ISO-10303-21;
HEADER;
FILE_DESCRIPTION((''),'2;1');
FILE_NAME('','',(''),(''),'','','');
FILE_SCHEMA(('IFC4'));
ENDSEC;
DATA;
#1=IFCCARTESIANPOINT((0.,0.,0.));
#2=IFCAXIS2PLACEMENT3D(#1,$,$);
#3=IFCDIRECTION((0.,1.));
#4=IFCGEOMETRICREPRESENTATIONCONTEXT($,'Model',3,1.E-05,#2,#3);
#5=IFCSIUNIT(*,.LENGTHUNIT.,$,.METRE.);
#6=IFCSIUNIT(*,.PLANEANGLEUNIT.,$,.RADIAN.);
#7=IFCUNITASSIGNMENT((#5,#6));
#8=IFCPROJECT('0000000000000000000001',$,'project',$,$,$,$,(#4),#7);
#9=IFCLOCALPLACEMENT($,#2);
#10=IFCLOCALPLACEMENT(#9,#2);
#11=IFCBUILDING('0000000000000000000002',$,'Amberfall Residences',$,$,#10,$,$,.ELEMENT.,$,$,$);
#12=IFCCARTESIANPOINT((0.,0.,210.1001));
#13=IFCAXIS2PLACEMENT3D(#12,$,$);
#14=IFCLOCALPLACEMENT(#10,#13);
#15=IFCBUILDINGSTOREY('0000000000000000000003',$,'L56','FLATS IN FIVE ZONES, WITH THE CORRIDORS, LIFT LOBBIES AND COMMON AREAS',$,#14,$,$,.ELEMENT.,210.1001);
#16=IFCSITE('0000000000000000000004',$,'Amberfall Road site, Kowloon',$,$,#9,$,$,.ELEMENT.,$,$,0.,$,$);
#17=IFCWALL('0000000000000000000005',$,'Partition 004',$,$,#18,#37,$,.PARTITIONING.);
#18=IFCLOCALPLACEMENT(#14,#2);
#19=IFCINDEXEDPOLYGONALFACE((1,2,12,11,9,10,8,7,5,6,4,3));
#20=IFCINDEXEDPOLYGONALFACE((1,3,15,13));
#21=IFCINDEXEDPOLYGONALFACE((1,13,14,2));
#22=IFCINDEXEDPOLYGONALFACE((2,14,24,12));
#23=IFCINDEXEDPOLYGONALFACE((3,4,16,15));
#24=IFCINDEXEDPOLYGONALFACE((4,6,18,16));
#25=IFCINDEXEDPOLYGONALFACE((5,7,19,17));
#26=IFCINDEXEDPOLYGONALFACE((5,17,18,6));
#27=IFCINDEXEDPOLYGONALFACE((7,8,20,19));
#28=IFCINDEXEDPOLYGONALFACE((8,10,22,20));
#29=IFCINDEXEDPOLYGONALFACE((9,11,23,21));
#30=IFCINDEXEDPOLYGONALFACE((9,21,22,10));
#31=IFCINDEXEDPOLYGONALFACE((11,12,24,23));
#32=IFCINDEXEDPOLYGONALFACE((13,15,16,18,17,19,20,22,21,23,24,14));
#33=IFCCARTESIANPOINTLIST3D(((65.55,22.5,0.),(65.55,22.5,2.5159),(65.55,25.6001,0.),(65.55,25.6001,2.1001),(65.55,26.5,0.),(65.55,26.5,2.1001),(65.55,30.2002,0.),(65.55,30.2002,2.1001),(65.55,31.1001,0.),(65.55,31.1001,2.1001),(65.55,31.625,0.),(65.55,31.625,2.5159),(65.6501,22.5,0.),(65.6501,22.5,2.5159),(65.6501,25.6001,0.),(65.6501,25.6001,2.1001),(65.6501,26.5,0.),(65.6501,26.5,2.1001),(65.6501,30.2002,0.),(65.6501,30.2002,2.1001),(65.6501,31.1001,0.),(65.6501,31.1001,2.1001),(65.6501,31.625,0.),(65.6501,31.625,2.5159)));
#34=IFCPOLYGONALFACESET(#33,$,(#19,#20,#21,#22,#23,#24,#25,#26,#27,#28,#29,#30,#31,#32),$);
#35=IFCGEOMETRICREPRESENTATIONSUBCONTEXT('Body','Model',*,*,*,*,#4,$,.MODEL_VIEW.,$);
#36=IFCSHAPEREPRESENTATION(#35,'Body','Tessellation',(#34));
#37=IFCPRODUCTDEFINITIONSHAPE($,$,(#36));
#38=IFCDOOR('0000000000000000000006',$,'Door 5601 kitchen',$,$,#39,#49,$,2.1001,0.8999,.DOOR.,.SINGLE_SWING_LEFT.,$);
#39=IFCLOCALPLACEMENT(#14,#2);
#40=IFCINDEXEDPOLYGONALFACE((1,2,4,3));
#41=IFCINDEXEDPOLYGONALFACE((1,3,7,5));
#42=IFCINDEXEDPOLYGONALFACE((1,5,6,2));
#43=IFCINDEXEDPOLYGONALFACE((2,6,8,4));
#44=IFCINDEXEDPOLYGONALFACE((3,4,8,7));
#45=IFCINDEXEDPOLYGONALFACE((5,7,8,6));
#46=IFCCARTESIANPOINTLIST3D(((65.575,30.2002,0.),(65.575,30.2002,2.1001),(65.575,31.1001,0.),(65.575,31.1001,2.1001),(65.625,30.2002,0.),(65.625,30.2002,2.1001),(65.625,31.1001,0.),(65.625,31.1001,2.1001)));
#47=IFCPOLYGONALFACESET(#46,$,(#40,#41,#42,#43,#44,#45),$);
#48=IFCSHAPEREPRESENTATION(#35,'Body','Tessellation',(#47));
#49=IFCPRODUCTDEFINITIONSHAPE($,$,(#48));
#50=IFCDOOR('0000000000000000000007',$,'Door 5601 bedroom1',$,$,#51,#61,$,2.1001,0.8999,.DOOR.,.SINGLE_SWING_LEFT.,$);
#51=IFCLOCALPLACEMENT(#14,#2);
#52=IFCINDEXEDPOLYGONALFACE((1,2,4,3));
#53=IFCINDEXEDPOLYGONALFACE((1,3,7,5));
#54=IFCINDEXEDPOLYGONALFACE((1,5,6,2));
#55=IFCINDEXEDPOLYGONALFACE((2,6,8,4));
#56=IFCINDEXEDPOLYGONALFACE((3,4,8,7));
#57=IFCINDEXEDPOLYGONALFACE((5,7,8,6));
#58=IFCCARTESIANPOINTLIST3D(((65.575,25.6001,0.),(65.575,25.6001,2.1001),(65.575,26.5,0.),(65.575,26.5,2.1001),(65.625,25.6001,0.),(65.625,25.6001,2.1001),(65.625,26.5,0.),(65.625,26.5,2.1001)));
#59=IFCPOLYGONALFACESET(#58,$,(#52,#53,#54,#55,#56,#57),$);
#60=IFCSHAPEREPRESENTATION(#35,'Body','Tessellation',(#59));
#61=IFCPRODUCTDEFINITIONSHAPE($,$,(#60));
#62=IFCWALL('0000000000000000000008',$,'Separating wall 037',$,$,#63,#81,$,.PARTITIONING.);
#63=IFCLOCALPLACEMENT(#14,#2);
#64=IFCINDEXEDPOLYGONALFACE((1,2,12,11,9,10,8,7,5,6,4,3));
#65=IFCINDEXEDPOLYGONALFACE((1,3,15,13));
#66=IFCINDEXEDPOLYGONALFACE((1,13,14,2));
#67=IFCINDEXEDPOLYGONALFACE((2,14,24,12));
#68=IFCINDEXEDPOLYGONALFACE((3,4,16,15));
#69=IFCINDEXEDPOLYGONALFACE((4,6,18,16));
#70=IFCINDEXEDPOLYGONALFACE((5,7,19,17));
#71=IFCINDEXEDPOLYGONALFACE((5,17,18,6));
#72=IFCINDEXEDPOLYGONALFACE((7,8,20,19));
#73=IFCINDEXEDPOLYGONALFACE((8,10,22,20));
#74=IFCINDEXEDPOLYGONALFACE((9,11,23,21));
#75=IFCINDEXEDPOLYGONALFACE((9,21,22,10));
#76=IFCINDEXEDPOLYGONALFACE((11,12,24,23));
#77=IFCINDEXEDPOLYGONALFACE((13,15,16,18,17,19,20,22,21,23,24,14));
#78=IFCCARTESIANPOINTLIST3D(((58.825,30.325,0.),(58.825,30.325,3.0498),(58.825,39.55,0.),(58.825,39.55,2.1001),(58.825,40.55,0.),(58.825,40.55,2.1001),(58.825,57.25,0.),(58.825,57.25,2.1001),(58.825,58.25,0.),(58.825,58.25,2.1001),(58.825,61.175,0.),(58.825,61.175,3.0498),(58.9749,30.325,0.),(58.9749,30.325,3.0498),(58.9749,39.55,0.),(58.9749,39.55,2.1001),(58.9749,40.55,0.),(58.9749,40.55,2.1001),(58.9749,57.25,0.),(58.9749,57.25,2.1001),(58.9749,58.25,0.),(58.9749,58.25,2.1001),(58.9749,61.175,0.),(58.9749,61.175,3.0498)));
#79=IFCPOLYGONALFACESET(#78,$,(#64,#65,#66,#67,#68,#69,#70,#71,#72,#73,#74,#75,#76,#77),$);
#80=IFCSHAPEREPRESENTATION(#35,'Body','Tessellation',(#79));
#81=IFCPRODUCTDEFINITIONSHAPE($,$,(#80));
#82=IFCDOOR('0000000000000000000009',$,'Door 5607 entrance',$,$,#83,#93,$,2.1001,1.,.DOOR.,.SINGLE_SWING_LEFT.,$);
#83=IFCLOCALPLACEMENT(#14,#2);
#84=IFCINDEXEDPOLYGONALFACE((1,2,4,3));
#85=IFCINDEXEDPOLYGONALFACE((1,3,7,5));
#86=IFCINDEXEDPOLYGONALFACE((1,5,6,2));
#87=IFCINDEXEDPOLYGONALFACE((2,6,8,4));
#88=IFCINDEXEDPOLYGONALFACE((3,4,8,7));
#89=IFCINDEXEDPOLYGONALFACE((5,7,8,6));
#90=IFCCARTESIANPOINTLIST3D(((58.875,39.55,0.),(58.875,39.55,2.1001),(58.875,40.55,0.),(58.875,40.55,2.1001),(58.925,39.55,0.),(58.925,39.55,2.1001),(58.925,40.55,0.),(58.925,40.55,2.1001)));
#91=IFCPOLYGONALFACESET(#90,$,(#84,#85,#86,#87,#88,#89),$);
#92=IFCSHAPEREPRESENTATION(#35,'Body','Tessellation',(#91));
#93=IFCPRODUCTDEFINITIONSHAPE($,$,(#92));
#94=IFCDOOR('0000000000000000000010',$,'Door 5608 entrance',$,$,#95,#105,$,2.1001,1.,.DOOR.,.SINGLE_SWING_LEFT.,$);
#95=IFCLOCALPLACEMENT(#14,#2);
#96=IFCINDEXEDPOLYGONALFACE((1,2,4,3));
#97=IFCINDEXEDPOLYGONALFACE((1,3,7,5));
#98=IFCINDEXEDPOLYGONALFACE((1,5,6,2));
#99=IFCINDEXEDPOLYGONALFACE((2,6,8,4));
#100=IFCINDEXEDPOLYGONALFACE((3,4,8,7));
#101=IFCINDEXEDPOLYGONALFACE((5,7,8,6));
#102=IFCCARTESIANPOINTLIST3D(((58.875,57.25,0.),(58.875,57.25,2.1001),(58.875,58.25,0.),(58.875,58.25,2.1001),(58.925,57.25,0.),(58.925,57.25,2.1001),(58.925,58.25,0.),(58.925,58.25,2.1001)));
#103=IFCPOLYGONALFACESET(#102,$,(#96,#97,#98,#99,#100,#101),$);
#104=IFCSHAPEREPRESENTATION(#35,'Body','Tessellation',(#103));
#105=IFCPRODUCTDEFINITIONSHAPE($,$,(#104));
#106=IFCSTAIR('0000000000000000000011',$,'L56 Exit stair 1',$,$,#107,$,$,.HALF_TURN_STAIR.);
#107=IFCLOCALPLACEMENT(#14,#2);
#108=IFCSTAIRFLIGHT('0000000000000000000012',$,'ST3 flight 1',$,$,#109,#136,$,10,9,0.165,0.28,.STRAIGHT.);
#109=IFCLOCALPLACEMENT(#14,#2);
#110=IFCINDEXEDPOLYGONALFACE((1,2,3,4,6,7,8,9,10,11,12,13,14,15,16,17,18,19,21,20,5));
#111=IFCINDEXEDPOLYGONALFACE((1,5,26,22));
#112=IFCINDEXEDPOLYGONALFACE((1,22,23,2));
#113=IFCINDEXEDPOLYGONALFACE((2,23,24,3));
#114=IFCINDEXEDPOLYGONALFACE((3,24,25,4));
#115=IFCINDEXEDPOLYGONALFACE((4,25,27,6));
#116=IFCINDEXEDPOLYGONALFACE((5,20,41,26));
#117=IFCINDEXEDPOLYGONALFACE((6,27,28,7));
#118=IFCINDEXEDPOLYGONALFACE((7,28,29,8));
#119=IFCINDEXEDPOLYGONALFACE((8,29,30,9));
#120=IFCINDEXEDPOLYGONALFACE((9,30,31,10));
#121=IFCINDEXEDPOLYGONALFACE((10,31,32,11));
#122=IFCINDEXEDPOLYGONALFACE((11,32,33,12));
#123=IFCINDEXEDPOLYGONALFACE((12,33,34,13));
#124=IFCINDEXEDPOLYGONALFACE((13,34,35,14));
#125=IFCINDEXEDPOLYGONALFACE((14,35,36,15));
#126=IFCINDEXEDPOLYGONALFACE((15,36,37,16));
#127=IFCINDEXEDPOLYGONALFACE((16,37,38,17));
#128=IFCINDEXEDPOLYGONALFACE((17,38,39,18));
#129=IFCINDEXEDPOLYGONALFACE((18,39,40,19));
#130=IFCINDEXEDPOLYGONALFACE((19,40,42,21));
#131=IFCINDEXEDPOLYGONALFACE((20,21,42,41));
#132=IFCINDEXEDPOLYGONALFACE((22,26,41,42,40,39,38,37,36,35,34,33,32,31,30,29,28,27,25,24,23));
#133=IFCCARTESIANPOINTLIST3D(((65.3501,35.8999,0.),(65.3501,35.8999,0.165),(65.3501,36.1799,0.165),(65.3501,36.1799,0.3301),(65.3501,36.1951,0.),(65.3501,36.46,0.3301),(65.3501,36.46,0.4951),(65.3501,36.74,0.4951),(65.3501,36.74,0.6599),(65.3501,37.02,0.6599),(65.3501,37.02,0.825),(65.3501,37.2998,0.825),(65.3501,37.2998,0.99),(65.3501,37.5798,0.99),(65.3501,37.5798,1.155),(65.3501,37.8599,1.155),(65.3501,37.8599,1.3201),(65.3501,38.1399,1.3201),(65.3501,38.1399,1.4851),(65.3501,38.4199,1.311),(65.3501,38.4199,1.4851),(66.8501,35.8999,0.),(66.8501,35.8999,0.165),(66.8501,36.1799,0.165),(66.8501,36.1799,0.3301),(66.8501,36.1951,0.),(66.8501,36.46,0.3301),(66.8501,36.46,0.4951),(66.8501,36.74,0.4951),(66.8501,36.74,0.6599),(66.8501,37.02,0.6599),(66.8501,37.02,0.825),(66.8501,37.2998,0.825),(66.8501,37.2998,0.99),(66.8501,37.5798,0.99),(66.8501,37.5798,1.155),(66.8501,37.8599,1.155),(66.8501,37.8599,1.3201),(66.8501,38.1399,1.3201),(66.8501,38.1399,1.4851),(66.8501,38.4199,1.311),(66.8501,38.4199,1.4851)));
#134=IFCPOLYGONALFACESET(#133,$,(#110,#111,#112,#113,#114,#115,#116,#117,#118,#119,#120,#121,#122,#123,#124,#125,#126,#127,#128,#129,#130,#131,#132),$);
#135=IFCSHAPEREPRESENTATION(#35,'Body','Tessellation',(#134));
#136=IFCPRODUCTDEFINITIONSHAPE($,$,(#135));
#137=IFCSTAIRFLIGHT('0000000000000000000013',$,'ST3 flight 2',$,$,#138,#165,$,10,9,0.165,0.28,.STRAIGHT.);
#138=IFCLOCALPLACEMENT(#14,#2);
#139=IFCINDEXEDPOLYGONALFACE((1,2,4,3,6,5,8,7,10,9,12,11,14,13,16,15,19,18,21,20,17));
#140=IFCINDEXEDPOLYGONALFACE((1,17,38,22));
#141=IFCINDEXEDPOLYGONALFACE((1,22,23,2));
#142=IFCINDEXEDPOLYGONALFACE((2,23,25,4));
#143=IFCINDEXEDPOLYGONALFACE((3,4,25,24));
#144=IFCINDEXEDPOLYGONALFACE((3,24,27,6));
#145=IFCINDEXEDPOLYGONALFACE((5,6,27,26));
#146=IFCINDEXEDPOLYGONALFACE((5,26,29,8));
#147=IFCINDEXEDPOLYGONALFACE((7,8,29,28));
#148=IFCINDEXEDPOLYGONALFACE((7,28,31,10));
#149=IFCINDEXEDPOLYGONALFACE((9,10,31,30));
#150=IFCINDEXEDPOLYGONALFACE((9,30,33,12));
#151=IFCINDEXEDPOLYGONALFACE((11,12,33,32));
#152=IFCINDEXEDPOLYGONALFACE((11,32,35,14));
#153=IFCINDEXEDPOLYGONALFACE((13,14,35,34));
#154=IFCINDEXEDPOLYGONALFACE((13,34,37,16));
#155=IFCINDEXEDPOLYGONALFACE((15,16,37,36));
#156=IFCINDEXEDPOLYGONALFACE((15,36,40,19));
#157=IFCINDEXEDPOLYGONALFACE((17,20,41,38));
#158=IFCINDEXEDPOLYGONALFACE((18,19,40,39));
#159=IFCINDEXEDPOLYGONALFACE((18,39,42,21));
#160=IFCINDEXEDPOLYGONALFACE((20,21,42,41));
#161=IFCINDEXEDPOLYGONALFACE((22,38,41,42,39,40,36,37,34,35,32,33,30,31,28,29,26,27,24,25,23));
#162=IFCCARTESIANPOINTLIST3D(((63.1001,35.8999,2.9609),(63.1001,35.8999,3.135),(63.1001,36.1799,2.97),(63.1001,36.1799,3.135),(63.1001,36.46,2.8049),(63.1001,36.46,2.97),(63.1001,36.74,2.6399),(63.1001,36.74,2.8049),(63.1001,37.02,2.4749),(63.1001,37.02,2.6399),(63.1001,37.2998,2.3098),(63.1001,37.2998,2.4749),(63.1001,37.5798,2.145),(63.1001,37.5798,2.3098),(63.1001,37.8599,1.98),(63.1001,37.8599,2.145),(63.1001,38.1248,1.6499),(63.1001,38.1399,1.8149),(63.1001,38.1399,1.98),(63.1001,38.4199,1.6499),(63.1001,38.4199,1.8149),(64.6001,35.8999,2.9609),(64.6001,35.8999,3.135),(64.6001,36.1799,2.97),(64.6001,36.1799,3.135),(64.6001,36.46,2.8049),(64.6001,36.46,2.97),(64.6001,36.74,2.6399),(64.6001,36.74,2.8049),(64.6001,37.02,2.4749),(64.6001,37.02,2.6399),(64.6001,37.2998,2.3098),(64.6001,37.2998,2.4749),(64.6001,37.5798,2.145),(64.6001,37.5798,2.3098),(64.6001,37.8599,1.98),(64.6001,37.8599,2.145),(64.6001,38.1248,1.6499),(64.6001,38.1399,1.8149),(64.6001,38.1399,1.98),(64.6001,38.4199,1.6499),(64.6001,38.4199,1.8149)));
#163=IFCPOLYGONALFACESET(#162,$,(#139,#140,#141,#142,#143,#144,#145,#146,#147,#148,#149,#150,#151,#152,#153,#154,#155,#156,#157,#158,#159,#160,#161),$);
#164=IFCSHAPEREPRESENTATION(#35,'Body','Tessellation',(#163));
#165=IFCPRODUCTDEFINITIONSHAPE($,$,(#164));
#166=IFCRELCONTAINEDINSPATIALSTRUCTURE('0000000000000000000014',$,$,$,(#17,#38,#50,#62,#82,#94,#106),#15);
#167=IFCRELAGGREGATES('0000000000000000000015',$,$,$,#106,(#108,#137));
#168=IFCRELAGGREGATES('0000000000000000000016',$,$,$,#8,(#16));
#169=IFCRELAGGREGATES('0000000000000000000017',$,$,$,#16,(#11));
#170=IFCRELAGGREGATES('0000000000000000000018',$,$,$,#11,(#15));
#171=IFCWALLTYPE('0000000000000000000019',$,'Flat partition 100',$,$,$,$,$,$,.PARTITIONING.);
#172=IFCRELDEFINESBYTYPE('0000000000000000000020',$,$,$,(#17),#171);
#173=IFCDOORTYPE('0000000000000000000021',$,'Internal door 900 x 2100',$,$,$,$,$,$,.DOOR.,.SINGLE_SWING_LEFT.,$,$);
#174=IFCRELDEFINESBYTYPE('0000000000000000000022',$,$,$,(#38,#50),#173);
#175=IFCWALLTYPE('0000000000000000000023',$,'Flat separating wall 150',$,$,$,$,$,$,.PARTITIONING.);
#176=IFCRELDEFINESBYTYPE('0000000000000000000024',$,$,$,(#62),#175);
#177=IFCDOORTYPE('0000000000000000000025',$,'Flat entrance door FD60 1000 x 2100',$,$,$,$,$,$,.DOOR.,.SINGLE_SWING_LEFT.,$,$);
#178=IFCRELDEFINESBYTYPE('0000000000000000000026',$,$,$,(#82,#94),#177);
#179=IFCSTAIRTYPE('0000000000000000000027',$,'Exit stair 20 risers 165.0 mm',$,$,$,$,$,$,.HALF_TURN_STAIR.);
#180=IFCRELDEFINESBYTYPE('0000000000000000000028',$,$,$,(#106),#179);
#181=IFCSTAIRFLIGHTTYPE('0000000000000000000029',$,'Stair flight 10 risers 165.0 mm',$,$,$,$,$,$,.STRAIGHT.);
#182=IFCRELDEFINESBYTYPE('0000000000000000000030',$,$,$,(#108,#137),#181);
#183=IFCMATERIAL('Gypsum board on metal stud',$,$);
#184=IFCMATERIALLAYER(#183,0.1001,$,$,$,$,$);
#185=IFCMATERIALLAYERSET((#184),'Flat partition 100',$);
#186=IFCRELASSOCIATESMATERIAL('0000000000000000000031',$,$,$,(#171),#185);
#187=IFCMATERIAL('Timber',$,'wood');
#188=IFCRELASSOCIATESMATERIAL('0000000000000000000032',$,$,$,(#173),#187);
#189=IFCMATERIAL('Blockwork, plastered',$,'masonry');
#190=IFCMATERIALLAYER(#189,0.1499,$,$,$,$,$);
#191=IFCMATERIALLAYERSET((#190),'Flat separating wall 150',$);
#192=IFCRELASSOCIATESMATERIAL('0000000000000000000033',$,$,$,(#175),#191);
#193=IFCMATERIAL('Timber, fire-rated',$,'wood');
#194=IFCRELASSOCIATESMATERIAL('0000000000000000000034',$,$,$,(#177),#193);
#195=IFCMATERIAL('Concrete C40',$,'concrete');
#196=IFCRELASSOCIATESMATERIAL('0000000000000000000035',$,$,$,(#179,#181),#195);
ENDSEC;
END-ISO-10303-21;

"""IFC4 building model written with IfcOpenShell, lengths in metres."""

from ifc_helpers import new_model, si_unit, direction, frame, frame_2d, origin, place, context, subcontext, project, spatial, polyline, rectangle, outline, extrude, material, layer, layer_set, type_object, element, fill, aggregate, save


model = new_model("IFC4")

# Units and contexts
model_context = context("Model", 3, precision=1e-05, world=origin(), true_north=direction((0.0, 1.0)))
body_context = subcontext(model_context, "Body", "Model", "MODEL_VIEW")
ifc_project = project(units=[si_unit("LENGTHUNIT", "METRE"), si_unit("PLANEANGLEUNIT", "RADIAN")], contexts=[model_context])

# Site, building, storey
site_placement = place(None, origin())
site = spatial("IfcSite", under=ifc_project, at=site_placement, Name="Amberfall Road site, Kowloon", CompositionType="ELEMENT", RefElevation=0.0)
building_placement = place(site_placement, origin())
building = spatial("IfcBuilding", under=site, at=building_placement, Name="Amberfall Residences", CompositionType="ELEMENT")
storey_placement = place(building_placement, frame((0.0, 0.0, 210.1001)))
storey = spatial("IfcBuildingStorey", under=building, at=storey_placement, Name="L56", Description="FLATS IN FIVE ZONES, WITH THE CORRIDORS, LIFT LOBBIES AND COMMON AREAS", CompositionType="ELEMENT", Elevation=210.1001)

# Walls, openings, doors
ifc_material_1 = material(Name="Gypsum board on metal stud")
ifc_layer_1 = layer(ifc_material_1, 0.1001)
ifc_layer_set_1 = layer_set([ifc_layer_1], Name="Flat partition 100")
wall_type_1 = type_object("IfcWallType", Name="Flat partition 100", PredefinedType="PARTITIONING", material=ifc_layer_set_1)
wall_1_placement = place(storey_placement, frame((65.6001, 31.625, 0.0), z_axis=(0.0, 0.0, 1.0), x_axis=(0.0, -1.0, 0.0)))
wall_1 = element("IfcWall", 1, at=wall_1_placement, inside=storey, type_object=wall_type_1, Name="Partition 004", PredefinedType="PARTITIONING", context=body_context, shape_type="SweptSolid", body=[
    extrude(rectangle(XDim=9.125, YDim=0.1001, at=frame_2d((4.5625, 0.0))), origin(), (0.0, 0.0, 1.0), 2.5159),
])
opening_1_placement = place(wall_1_placement, frame((0.5249, 0.0, 0.0)))
opening_1 = element("IfcOpeningElement", 2, at=opening_1_placement, cuts=wall_1, PredefinedType="OPENING", context=body_context, shape_type="SweptSolid", body=[
    extrude(rectangle(XDim=0.8999, YDim=2.1001, at=frame_2d((0.45, 1.05))), frame((0.0, 0.0601, 0.0), z_axis=(0.0, -1.0, 0.0), x_axis=(1.0, 0.0, 0.0)), (0.0, 0.0, 1.0), 0.1201),
])
opening_2_placement = place(wall_1_placement, frame((5.125, 0.0, 0.0)))
opening_2 = element("IfcOpeningElement", 3, at=opening_2_placement, cuts=wall_1, PredefinedType="OPENING", context=body_context, shape_type="SweptSolid", body=[
    extrude(rectangle(XDim=0.8999, YDim=2.1001, at=frame_2d((0.45, 1.05))), frame((0.0, 0.0601, 0.0), z_axis=(0.0, -1.0, 0.0), x_axis=(1.0, 0.0, 0.0)), (0.0, 0.0, 1.0), 0.1201),
])
ifc_material_2 = material(Name="Timber", Category="wood")
door_type_1 = type_object("IfcDoorType", Name="Internal door 900 x 2100", OperationType="SINGLE_SWING_LEFT", PredefinedType="DOOR", material=ifc_material_2)
door_1_placement = place(opening_1_placement, origin())
door_1 = element("IfcDoor", 4, at=door_1_placement, inside=storey, type_object=door_type_1, Name="Door 5601 kitchen", OperationType="SINGLE_SWING_LEFT", OverallHeight=2.1001, OverallWidth=0.8999, PredefinedType="DOOR", context=body_context, shape_type="SweptSolid", body=[
    extrude(rectangle(XDim=0.8999, YDim=2.1001, at=frame_2d((0.45, 1.05))), frame((0.0, 0.0249, 0.0), z_axis=(0.0, -1.0, 0.0), x_axis=(1.0, 0.0, 0.0)), (0.0, 0.0, 1.0), 0.05),
])
fill(opening_1, door_1)
door_2_placement = place(opening_2_placement, origin())
door_2 = element("IfcDoor", 5, at=door_2_placement, inside=storey, type_object=door_type_1, Name="Door 5601 bedroom1", OperationType="SINGLE_SWING_LEFT", OverallHeight=2.1001, OverallWidth=0.8999, PredefinedType="DOOR", context=body_context, shape_type="SweptSolid", body=[
    extrude(rectangle(XDim=0.8999, YDim=2.1001, at=frame_2d((0.45, 1.05))), frame((0.0, 0.0249, 0.0), z_axis=(0.0, -1.0, 0.0), x_axis=(1.0, 0.0, 0.0)), (0.0, 0.0, 1.0), 0.05),
])
fill(opening_2, door_2)
ifc_material_3 = material(Name="Blockwork, plastered", Category="masonry")
ifc_layer_2 = layer(ifc_material_3, 0.1499)
ifc_layer_set_2 = layer_set([ifc_layer_2], Name="Flat separating wall 150")
wall_type_2 = type_object("IfcWallType", Name="Flat separating wall 150", PredefinedType="PARTITIONING", material=ifc_layer_set_2)
wall_2_placement = place(storey_placement, frame((58.8999, 30.325, 0.0), z_axis=(0.0, 0.0, 1.0), x_axis=(0.0, 1.0, 0.0)))
wall_2 = element("IfcWall", 6, at=wall_2_placement, inside=storey, type_object=wall_type_2, Name="Separating wall 037", PredefinedType="PARTITIONING", context=body_context, shape_type="SweptSolid", body=[
    extrude(rectangle(XDim=30.8501, YDim=0.1499, at=frame_2d((15.425, 0.0))), origin(), (0.0, 0.0, 1.0), 3.0498),
])
opening_3_placement = place(wall_2_placement, frame((9.2251, 0.0, 0.0)))
opening_3 = element("IfcOpeningElement", 7, at=opening_3_placement, cuts=wall_2, PredefinedType="OPENING", context=body_context, shape_type="SweptSolid", body=[
    extrude(rectangle(XDim=1.0, YDim=2.1001, at=frame_2d((0.5, 1.05))), frame((0.0, 0.085, 0.0), z_axis=(0.0, -1.0, 0.0), x_axis=(1.0, 0.0, 0.0)), (0.0, 0.0, 1.0), 0.1699),
])
opening_4_placement = place(wall_2_placement, frame((26.925, 0.0, 0.0)))
opening_4 = element("IfcOpeningElement", 8, at=opening_4_placement, cuts=wall_2, PredefinedType="OPENING", context=body_context, shape_type="SweptSolid", body=[
    extrude(rectangle(XDim=1.0, YDim=2.1001, at=frame_2d((0.5, 1.05))), frame((0.0, 0.085, 0.0), z_axis=(0.0, -1.0, 0.0), x_axis=(1.0, 0.0, 0.0)), (0.0, 0.0, 1.0), 0.1699),
])
ifc_material_4 = material(Name="Timber, fire-rated", Category="wood")
door_type_2 = type_object("IfcDoorType", Name="Flat entrance door FD60 1000 x 2100", OperationType="SINGLE_SWING_LEFT", PredefinedType="DOOR", material=ifc_material_4)
door_3_placement = place(opening_3_placement, origin())
door_3 = element("IfcDoor", 9, at=door_3_placement, inside=storey, type_object=door_type_2, Name="Door 5607 entrance", OperationType="SINGLE_SWING_LEFT", OverallHeight=2.1001, OverallWidth=1.0, PredefinedType="DOOR", context=body_context, shape_type="SweptSolid", body=[
    extrude(rectangle(XDim=1.0, YDim=2.1001, at=frame_2d((0.5, 1.05))), frame((0.0, 0.0249, 0.0), z_axis=(0.0, -1.0, 0.0), x_axis=(1.0, 0.0, 0.0)), (0.0, 0.0, 1.0), 0.05),
])
fill(opening_3, door_3)
door_4_placement = place(opening_4_placement, origin())
door_4 = element("IfcDoor", 10, at=door_4_placement, inside=storey, type_object=door_type_2, Name="Door 5608 entrance", OperationType="SINGLE_SWING_LEFT", OverallHeight=2.1001, OverallWidth=1.0, PredefinedType="DOOR", context=body_context, shape_type="SweptSolid", body=[
    extrude(rectangle(XDim=1.0, YDim=2.1001, at=frame_2d((0.5, 1.05))), frame((0.0, 0.0249, 0.0), z_axis=(0.0, -1.0, 0.0), x_axis=(1.0, 0.0, 0.0)), (0.0, 0.0, 1.0), 0.05),
])
fill(opening_4, door_4)

# Stair, stair flights
ifc_material_5 = material(Name="Concrete C40", Category="concrete")
stair_type = type_object("IfcStairType", Name="Exit stair 20 risers 165.0 mm", PredefinedType="HALF_TURN_STAIR", material=ifc_material_5)
stair_placement = place(storey_placement, origin())
stair = element("IfcStair", 11, at=stair_placement, inside=storey, type_object=stair_type, Name="L56 Exit stair 1", PredefinedType="HALF_TURN_STAIR")
stair_flight_type = type_object("IfcStairFlightType", Name="Stair flight 10 risers 165.0 mm", PredefinedType="STRAIGHT", material=ifc_material_5)
stair_flight_1_placement = place(storey_placement, frame((66.1001, 35.8999, 0.0), z_axis=(0.0, 0.0, 1.0), x_axis=(0.0, 1.0, 0.0)))
stair_flight_1 = element("IfcStairFlight", 12, at=stair_flight_1_placement, type_object=stair_flight_type, Name="ST3 flight 1", NumberOfRisers=10, NumberOfTreads=9, PredefinedType="STRAIGHT", RiserHeight=0.165, TreadLength=0.28, context=body_context, shape_type="SweptSolid", body=[
    extrude(outline(polyline([(0.0, 0.0), (0.0, 0.165), (0.28, 0.165), (0.28, 0.3301), (0.5601, 0.3301), (0.5601, 0.4951), (0.8401, 0.4951), (0.8401, 0.6599), (1.1201, 0.6599), (1.1201, 0.825), (1.3999, 0.825), (1.3999, 0.99), (1.6799, 0.99), (1.6799, 1.155), (1.96, 1.155), (1.96, 1.3201), (2.24, 1.3201), (2.24, 1.4851), (2.52, 1.4851), (2.52, 1.6499), (2.52, 1.311), (0.2952, 0.0), (0.0, 0.0)])), frame((0.0, 0.75, 0.0), z_axis=(0.0, -1.0, 0.0), x_axis=(1.0, 0.0, 0.0)), (0.0, 0.0, 1.0), 1.5),
])
stair_flight_2_placement = place(storey_placement, frame((63.8501, 38.4199, 1.6499), z_axis=(0.0, 0.0, 1.0), x_axis=(0.0, -1.0, 0.0)))
stair_flight_2 = element("IfcStairFlight", 13, at=stair_flight_2_placement, type_object=stair_flight_type, Name="ST3 flight 2", NumberOfRisers=10, NumberOfTreads=9, PredefinedType="STRAIGHT", RiserHeight=0.165, TreadLength=0.28, context=body_context, shape_type="SweptSolid", body=[
    extrude(outline(polyline([(0.0, 0.0), (0.0, 0.165), (0.28, 0.165), (0.28, 0.3301), (0.5601, 0.3301), (0.5601, 0.4951), (0.8401, 0.4951), (0.8401, 0.6599), (1.1201, 0.6599), (1.1201, 0.825), (1.3999, 0.825), (1.3999, 0.99), (1.6799, 0.99), (1.6799, 1.155), (1.96, 1.155), (1.96, 1.3201), (2.24, 1.3201), (2.24, 1.4851), (2.52, 1.4851), (2.52, 1.6499), (2.52, 1.311), (0.2952, 0.0), (0.0, 0.0)])), frame((0.0, 0.75, 0.0), z_axis=(0.0, -1.0, 0.0), x_axis=(1.0, 0.0, 0.0)), (0.0, 0.0, 1.0), 1.5),
])
aggregate(stair, [stair_flight_1, stair_flight_2])

save(model, "model.ifc")
